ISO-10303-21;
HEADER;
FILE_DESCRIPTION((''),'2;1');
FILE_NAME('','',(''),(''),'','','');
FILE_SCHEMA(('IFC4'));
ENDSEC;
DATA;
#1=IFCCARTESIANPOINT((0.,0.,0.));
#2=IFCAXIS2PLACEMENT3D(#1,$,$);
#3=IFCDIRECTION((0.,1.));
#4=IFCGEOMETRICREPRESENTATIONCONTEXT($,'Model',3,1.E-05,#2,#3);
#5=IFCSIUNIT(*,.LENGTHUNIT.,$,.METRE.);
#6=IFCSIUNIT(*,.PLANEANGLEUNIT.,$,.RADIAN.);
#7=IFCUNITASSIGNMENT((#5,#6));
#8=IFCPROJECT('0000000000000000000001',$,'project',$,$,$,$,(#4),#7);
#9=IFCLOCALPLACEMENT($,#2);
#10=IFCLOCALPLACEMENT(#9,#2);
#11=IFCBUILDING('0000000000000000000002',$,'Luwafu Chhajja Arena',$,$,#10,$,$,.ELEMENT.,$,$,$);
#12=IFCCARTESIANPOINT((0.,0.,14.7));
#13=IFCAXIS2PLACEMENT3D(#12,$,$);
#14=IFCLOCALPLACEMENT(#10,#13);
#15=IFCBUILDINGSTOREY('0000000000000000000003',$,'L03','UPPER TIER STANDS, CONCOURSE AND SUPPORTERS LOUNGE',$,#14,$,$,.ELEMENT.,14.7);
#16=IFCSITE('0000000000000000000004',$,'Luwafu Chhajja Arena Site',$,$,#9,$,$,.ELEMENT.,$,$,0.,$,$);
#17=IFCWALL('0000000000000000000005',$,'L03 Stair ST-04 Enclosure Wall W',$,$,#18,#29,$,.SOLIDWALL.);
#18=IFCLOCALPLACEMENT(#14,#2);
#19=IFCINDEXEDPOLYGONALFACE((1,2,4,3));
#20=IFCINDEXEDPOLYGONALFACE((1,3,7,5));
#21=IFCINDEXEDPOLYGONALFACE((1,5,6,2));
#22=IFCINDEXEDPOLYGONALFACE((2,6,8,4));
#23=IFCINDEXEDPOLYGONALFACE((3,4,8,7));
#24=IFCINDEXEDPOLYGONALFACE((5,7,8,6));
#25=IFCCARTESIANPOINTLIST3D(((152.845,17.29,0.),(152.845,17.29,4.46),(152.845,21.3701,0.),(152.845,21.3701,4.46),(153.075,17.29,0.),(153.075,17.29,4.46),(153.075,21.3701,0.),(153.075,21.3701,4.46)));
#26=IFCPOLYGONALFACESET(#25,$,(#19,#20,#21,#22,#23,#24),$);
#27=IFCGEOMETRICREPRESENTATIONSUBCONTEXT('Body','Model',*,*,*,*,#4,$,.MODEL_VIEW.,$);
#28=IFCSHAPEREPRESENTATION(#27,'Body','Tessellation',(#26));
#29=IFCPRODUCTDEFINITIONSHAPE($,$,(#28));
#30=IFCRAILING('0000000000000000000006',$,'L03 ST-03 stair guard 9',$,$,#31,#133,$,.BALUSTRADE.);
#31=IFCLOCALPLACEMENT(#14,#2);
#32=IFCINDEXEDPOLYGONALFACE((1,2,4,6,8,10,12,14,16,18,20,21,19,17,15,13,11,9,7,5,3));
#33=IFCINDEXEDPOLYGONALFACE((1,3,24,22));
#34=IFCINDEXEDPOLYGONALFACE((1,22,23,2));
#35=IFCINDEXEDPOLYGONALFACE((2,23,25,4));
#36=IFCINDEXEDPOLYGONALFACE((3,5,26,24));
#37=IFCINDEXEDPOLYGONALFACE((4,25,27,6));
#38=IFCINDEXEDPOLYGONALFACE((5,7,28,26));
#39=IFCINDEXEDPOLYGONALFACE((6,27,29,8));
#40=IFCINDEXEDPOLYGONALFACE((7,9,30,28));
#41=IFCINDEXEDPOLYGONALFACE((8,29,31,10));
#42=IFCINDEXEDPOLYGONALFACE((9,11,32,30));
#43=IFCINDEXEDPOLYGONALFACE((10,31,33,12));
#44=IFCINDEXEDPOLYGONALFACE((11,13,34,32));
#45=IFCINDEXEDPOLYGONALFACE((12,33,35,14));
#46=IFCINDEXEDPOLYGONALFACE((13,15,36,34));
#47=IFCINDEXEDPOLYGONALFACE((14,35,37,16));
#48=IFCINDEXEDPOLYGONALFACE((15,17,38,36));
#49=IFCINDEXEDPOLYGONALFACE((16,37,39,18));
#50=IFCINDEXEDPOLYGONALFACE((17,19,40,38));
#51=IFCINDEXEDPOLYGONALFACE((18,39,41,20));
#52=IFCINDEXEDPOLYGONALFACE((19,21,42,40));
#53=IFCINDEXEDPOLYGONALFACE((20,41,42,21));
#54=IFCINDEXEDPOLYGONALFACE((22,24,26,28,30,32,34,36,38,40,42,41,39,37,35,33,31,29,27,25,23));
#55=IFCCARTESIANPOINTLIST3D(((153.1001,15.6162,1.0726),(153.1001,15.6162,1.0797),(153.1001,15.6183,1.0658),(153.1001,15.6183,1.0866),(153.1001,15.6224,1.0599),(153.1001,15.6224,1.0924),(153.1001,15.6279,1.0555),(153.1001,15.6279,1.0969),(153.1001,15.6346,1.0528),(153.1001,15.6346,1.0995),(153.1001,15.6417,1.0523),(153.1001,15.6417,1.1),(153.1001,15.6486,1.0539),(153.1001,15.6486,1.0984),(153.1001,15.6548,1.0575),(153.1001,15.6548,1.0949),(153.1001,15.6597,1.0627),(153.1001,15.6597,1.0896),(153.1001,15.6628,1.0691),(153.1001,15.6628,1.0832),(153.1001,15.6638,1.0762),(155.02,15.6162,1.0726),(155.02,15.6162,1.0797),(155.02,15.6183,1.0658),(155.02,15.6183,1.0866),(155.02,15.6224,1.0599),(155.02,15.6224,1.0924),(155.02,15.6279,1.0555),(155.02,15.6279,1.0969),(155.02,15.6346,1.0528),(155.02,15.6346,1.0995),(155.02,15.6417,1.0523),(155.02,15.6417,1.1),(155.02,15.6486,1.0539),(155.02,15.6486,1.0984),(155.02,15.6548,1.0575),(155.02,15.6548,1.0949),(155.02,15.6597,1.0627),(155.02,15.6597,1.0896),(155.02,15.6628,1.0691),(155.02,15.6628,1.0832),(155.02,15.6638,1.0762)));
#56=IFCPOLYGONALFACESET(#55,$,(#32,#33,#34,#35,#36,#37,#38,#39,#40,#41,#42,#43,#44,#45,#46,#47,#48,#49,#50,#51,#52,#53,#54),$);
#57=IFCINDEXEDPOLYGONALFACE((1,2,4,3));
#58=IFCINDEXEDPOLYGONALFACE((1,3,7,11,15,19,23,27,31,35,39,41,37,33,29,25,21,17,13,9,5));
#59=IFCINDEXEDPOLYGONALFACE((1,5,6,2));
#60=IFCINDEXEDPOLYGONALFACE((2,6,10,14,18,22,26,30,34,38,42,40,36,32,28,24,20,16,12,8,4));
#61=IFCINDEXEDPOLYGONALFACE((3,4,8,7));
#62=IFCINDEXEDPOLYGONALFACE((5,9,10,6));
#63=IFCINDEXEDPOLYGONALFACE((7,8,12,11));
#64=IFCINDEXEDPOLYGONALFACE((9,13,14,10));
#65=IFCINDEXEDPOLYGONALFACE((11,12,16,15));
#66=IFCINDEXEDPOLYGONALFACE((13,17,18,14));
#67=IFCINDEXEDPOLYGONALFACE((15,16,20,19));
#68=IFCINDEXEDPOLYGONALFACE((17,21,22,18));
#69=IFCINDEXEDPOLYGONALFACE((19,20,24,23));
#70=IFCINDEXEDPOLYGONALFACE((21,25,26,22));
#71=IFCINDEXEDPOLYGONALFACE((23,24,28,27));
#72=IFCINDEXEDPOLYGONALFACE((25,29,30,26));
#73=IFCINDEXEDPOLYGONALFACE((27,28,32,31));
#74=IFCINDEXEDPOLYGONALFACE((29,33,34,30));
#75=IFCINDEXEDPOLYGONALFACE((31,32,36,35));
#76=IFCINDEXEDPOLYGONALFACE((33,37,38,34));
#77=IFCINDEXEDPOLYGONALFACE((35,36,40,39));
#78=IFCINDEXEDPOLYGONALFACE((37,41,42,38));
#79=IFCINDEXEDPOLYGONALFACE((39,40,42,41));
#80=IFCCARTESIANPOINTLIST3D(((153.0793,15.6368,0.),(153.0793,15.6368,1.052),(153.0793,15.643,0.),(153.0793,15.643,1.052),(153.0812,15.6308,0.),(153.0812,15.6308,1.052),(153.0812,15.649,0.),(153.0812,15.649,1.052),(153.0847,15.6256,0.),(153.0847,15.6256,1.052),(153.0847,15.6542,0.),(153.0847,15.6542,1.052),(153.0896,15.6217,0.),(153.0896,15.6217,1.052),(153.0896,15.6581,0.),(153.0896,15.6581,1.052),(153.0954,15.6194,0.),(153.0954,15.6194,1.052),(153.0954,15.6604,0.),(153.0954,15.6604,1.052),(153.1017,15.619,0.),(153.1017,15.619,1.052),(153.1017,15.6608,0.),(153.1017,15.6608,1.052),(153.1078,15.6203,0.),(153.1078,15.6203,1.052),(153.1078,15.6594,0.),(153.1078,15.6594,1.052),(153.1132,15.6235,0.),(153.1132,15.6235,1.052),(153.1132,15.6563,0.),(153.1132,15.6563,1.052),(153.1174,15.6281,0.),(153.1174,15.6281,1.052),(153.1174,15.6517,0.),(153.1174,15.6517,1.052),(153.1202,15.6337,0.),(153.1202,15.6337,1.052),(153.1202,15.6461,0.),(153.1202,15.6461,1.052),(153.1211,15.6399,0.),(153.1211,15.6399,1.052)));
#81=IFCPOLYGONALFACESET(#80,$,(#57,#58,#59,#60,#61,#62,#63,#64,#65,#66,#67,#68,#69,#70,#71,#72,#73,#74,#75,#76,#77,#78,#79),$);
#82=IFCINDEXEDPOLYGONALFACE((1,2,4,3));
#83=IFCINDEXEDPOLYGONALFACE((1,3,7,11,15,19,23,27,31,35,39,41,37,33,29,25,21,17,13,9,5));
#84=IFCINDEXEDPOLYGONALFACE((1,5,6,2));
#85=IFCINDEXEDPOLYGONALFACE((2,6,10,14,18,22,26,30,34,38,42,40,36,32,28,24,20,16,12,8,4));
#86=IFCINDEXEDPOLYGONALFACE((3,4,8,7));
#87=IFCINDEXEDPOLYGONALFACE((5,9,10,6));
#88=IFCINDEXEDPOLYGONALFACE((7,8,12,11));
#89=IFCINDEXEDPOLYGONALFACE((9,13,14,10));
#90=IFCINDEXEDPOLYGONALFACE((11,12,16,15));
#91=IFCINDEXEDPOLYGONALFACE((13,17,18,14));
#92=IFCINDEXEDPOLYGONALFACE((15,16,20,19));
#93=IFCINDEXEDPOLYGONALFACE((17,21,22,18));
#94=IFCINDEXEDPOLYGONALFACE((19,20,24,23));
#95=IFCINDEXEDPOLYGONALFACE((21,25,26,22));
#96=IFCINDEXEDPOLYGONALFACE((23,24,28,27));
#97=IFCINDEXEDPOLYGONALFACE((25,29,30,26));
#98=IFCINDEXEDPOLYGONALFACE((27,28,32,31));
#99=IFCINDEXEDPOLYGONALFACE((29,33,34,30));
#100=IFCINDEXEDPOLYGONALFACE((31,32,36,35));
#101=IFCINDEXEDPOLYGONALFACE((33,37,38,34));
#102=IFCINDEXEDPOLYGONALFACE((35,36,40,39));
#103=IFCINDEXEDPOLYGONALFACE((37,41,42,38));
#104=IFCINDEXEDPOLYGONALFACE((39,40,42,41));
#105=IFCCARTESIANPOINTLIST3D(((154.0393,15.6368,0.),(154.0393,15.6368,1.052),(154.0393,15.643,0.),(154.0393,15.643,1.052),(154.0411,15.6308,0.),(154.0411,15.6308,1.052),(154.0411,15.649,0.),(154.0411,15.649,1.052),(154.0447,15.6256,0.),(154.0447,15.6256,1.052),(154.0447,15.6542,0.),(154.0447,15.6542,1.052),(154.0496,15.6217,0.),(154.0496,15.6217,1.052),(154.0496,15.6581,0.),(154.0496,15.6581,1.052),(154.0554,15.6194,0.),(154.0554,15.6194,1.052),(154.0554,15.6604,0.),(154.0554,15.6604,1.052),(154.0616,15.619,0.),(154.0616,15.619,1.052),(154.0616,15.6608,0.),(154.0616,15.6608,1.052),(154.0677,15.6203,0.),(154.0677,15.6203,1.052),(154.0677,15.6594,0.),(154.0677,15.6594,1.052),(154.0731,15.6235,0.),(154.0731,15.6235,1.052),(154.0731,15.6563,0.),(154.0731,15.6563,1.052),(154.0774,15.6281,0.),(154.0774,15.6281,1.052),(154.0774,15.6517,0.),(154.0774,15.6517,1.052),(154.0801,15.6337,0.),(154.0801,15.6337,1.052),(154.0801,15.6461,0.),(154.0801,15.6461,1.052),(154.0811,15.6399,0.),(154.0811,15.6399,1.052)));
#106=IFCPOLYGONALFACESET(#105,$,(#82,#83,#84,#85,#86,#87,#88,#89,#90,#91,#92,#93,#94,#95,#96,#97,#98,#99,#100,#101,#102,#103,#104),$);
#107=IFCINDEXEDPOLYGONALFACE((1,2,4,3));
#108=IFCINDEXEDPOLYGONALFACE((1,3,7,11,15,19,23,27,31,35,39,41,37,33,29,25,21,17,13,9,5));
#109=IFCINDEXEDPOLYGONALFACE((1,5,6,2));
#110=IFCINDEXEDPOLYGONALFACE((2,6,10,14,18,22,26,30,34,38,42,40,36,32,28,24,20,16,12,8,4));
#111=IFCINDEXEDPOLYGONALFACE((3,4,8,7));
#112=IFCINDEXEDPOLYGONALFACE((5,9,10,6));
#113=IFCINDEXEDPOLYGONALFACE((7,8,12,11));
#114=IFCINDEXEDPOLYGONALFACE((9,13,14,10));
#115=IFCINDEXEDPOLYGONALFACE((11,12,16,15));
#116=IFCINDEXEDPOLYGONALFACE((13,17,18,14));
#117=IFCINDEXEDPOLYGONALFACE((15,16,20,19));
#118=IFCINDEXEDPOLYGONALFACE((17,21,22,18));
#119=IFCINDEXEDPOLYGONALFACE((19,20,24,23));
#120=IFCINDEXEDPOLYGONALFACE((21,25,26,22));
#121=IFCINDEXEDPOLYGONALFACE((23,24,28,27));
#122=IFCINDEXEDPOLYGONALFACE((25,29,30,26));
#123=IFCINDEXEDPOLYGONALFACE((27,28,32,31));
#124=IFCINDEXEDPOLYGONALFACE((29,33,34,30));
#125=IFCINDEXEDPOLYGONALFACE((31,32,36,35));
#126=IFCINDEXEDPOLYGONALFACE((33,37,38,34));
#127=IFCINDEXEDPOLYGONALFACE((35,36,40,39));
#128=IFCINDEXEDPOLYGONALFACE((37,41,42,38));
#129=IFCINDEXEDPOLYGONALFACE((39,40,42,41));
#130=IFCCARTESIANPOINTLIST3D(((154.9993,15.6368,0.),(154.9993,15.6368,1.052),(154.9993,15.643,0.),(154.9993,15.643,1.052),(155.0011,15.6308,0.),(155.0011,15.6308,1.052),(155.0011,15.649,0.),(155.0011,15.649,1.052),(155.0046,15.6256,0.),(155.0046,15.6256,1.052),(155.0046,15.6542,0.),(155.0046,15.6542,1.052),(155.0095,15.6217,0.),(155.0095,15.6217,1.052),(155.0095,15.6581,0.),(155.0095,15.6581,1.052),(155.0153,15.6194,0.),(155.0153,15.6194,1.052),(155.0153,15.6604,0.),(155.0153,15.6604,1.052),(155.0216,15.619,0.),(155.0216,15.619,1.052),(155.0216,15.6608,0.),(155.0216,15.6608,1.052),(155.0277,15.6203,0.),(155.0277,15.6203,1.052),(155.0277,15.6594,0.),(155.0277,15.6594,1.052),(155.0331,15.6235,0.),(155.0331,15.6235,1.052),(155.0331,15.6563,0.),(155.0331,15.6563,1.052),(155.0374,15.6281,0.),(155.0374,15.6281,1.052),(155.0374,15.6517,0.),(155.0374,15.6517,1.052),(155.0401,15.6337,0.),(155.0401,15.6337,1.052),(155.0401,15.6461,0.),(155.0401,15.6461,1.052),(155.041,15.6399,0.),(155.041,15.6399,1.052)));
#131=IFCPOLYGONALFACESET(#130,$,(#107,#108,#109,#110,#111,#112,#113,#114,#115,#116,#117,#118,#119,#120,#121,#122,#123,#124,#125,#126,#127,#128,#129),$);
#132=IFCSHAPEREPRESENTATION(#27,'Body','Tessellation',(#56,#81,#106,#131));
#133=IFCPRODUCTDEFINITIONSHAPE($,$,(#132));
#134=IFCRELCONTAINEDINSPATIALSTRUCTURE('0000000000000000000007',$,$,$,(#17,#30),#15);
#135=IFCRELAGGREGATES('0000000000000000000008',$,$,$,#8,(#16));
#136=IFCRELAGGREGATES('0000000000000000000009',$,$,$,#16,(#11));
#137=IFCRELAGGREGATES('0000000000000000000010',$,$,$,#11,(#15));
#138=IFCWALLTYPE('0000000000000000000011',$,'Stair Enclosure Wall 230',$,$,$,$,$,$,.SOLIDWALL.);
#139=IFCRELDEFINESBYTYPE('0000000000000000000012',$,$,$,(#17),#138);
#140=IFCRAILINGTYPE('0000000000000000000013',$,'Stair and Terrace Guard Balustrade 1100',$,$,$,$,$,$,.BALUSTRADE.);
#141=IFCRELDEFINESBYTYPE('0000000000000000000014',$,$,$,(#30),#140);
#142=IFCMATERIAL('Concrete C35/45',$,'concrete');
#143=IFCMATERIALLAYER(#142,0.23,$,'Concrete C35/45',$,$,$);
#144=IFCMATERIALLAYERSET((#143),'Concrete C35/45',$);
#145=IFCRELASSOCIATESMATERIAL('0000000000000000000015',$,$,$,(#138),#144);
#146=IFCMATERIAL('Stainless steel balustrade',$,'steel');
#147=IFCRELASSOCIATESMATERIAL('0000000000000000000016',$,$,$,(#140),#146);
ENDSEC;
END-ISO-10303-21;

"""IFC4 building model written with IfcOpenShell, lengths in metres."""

from ifc_helpers import new_model, si_unit, direction, frame, frame_2d, origin, origin_2d, place, context, subcontext, project, spatial, rectangle, circle, extrude, material, layer, layer_set, type_object, element, save


model = new_model("IFC4")

# Units and contexts
model_context = context("Model", 3, precision=1e-05, world=origin(), true_north=direction((0.0, 1.0)))
body_context = subcontext(model_context, "Body", "Model", "MODEL_VIEW")
ifc_project = project(units=[si_unit("LENGTHUNIT", "METRE"), si_unit("PLANEANGLEUNIT", "RADIAN")], contexts=[model_context])

# Site, building, storey
site_placement = place(None, origin())
site = spatial("IfcSite", under=ifc_project, at=site_placement, Name="Luwafu Chhajja Arena Site", CompositionType="ELEMENT", RefElevation=0.0)
building_placement = place(site_placement, origin())
building = spatial("IfcBuilding", under=site, at=building_placement, Name="Luwafu Chhajja Arena", CompositionType="ELEMENT")
storey_placement = place(building_placement, frame((0.0, 0.0, 14.7)))
storey = spatial("IfcBuildingStorey", under=building, at=storey_placement, Name="L03", Description="UPPER TIER STANDS, CONCOURSE AND SUPPORTERS LOUNGE", CompositionType="ELEMENT", Elevation=14.7)

# Shared definitions
ifc_material_1 = material(Name="Concrete C35/45", Category="concrete")

# Wall
ifc_layer_1 = layer(ifc_material_1, 0.23, Name="Concrete C35/45")
ifc_layer_set_1 = layer_set([ifc_layer_1], Name="Concrete C35/45")
wall_type_1 = type_object("IfcWallType", Name="Stair Enclosure Wall 230", PredefinedType="SOLIDWALL", material=ifc_layer_set_1)
wall_1_placement = place(storey_placement, frame((152.96, 17.29, 0.0), z_axis=(0.0, 0.0, 1.0), x_axis=(0.0, 1.0, 0.0)))
element("IfcWall", 1, at=wall_1_placement, inside=storey, type_object=wall_type_1, Name="L03 Stair ST-04 Enclosure Wall W", PredefinedType="SOLIDWALL", context=body_context, shape_type="SweptSolid", body=[
    extrude(rectangle(XDim=4.0801, YDim=0.23, at=frame_2d((2.04, 0.0))), origin(), (0.0, 0.0, 1.0), 4.46),
])

# Railing
ifc_material_2 = material(Name="Stainless steel balustrade", Category="steel")
railing_type_1 = type_object("IfcRailingType", Name="Stair and Terrace Guard Balustrade 1100", PredefinedType="BALUSTRADE", material=ifc_material_2)
railing_1_placement = place(storey_placement, frame((153.1001, 15.6399, 0.0)))
element("IfcRailing", 2, at=railing_1_placement, inside=storey, type_object=railing_type_1, Name="L03 ST-03 stair guard 9", PredefinedType="BALUSTRADE", context=body_context, shape_type="SweptSolid", body=[
    extrude(circle(Radius=0.0239, at=origin_2d()), frame((0.0, 0.0, 1.0762), z_axis=(1.0, 0.0, 0.0), x_axis=(0.0, 1.0, 0.0)), (0.0, 0.0, 1.0), 1.9199),
    extrude(circle(Radius=0.021, at=origin_2d()), origin(), (0.0, 0.0, 1.0), 1.052),
    extrude(circle(Radius=0.021, at=origin_2d()), frame((0.96, 0.0, 0.0)), (0.0, 0.0, 1.0), 1.052),
    extrude(circle(Radius=0.021, at=origin_2d()), frame((1.9199, 0.0, 0.0)), (0.0, 0.0, 1.0), 1.052),
])

save(model, "model.ifc")
